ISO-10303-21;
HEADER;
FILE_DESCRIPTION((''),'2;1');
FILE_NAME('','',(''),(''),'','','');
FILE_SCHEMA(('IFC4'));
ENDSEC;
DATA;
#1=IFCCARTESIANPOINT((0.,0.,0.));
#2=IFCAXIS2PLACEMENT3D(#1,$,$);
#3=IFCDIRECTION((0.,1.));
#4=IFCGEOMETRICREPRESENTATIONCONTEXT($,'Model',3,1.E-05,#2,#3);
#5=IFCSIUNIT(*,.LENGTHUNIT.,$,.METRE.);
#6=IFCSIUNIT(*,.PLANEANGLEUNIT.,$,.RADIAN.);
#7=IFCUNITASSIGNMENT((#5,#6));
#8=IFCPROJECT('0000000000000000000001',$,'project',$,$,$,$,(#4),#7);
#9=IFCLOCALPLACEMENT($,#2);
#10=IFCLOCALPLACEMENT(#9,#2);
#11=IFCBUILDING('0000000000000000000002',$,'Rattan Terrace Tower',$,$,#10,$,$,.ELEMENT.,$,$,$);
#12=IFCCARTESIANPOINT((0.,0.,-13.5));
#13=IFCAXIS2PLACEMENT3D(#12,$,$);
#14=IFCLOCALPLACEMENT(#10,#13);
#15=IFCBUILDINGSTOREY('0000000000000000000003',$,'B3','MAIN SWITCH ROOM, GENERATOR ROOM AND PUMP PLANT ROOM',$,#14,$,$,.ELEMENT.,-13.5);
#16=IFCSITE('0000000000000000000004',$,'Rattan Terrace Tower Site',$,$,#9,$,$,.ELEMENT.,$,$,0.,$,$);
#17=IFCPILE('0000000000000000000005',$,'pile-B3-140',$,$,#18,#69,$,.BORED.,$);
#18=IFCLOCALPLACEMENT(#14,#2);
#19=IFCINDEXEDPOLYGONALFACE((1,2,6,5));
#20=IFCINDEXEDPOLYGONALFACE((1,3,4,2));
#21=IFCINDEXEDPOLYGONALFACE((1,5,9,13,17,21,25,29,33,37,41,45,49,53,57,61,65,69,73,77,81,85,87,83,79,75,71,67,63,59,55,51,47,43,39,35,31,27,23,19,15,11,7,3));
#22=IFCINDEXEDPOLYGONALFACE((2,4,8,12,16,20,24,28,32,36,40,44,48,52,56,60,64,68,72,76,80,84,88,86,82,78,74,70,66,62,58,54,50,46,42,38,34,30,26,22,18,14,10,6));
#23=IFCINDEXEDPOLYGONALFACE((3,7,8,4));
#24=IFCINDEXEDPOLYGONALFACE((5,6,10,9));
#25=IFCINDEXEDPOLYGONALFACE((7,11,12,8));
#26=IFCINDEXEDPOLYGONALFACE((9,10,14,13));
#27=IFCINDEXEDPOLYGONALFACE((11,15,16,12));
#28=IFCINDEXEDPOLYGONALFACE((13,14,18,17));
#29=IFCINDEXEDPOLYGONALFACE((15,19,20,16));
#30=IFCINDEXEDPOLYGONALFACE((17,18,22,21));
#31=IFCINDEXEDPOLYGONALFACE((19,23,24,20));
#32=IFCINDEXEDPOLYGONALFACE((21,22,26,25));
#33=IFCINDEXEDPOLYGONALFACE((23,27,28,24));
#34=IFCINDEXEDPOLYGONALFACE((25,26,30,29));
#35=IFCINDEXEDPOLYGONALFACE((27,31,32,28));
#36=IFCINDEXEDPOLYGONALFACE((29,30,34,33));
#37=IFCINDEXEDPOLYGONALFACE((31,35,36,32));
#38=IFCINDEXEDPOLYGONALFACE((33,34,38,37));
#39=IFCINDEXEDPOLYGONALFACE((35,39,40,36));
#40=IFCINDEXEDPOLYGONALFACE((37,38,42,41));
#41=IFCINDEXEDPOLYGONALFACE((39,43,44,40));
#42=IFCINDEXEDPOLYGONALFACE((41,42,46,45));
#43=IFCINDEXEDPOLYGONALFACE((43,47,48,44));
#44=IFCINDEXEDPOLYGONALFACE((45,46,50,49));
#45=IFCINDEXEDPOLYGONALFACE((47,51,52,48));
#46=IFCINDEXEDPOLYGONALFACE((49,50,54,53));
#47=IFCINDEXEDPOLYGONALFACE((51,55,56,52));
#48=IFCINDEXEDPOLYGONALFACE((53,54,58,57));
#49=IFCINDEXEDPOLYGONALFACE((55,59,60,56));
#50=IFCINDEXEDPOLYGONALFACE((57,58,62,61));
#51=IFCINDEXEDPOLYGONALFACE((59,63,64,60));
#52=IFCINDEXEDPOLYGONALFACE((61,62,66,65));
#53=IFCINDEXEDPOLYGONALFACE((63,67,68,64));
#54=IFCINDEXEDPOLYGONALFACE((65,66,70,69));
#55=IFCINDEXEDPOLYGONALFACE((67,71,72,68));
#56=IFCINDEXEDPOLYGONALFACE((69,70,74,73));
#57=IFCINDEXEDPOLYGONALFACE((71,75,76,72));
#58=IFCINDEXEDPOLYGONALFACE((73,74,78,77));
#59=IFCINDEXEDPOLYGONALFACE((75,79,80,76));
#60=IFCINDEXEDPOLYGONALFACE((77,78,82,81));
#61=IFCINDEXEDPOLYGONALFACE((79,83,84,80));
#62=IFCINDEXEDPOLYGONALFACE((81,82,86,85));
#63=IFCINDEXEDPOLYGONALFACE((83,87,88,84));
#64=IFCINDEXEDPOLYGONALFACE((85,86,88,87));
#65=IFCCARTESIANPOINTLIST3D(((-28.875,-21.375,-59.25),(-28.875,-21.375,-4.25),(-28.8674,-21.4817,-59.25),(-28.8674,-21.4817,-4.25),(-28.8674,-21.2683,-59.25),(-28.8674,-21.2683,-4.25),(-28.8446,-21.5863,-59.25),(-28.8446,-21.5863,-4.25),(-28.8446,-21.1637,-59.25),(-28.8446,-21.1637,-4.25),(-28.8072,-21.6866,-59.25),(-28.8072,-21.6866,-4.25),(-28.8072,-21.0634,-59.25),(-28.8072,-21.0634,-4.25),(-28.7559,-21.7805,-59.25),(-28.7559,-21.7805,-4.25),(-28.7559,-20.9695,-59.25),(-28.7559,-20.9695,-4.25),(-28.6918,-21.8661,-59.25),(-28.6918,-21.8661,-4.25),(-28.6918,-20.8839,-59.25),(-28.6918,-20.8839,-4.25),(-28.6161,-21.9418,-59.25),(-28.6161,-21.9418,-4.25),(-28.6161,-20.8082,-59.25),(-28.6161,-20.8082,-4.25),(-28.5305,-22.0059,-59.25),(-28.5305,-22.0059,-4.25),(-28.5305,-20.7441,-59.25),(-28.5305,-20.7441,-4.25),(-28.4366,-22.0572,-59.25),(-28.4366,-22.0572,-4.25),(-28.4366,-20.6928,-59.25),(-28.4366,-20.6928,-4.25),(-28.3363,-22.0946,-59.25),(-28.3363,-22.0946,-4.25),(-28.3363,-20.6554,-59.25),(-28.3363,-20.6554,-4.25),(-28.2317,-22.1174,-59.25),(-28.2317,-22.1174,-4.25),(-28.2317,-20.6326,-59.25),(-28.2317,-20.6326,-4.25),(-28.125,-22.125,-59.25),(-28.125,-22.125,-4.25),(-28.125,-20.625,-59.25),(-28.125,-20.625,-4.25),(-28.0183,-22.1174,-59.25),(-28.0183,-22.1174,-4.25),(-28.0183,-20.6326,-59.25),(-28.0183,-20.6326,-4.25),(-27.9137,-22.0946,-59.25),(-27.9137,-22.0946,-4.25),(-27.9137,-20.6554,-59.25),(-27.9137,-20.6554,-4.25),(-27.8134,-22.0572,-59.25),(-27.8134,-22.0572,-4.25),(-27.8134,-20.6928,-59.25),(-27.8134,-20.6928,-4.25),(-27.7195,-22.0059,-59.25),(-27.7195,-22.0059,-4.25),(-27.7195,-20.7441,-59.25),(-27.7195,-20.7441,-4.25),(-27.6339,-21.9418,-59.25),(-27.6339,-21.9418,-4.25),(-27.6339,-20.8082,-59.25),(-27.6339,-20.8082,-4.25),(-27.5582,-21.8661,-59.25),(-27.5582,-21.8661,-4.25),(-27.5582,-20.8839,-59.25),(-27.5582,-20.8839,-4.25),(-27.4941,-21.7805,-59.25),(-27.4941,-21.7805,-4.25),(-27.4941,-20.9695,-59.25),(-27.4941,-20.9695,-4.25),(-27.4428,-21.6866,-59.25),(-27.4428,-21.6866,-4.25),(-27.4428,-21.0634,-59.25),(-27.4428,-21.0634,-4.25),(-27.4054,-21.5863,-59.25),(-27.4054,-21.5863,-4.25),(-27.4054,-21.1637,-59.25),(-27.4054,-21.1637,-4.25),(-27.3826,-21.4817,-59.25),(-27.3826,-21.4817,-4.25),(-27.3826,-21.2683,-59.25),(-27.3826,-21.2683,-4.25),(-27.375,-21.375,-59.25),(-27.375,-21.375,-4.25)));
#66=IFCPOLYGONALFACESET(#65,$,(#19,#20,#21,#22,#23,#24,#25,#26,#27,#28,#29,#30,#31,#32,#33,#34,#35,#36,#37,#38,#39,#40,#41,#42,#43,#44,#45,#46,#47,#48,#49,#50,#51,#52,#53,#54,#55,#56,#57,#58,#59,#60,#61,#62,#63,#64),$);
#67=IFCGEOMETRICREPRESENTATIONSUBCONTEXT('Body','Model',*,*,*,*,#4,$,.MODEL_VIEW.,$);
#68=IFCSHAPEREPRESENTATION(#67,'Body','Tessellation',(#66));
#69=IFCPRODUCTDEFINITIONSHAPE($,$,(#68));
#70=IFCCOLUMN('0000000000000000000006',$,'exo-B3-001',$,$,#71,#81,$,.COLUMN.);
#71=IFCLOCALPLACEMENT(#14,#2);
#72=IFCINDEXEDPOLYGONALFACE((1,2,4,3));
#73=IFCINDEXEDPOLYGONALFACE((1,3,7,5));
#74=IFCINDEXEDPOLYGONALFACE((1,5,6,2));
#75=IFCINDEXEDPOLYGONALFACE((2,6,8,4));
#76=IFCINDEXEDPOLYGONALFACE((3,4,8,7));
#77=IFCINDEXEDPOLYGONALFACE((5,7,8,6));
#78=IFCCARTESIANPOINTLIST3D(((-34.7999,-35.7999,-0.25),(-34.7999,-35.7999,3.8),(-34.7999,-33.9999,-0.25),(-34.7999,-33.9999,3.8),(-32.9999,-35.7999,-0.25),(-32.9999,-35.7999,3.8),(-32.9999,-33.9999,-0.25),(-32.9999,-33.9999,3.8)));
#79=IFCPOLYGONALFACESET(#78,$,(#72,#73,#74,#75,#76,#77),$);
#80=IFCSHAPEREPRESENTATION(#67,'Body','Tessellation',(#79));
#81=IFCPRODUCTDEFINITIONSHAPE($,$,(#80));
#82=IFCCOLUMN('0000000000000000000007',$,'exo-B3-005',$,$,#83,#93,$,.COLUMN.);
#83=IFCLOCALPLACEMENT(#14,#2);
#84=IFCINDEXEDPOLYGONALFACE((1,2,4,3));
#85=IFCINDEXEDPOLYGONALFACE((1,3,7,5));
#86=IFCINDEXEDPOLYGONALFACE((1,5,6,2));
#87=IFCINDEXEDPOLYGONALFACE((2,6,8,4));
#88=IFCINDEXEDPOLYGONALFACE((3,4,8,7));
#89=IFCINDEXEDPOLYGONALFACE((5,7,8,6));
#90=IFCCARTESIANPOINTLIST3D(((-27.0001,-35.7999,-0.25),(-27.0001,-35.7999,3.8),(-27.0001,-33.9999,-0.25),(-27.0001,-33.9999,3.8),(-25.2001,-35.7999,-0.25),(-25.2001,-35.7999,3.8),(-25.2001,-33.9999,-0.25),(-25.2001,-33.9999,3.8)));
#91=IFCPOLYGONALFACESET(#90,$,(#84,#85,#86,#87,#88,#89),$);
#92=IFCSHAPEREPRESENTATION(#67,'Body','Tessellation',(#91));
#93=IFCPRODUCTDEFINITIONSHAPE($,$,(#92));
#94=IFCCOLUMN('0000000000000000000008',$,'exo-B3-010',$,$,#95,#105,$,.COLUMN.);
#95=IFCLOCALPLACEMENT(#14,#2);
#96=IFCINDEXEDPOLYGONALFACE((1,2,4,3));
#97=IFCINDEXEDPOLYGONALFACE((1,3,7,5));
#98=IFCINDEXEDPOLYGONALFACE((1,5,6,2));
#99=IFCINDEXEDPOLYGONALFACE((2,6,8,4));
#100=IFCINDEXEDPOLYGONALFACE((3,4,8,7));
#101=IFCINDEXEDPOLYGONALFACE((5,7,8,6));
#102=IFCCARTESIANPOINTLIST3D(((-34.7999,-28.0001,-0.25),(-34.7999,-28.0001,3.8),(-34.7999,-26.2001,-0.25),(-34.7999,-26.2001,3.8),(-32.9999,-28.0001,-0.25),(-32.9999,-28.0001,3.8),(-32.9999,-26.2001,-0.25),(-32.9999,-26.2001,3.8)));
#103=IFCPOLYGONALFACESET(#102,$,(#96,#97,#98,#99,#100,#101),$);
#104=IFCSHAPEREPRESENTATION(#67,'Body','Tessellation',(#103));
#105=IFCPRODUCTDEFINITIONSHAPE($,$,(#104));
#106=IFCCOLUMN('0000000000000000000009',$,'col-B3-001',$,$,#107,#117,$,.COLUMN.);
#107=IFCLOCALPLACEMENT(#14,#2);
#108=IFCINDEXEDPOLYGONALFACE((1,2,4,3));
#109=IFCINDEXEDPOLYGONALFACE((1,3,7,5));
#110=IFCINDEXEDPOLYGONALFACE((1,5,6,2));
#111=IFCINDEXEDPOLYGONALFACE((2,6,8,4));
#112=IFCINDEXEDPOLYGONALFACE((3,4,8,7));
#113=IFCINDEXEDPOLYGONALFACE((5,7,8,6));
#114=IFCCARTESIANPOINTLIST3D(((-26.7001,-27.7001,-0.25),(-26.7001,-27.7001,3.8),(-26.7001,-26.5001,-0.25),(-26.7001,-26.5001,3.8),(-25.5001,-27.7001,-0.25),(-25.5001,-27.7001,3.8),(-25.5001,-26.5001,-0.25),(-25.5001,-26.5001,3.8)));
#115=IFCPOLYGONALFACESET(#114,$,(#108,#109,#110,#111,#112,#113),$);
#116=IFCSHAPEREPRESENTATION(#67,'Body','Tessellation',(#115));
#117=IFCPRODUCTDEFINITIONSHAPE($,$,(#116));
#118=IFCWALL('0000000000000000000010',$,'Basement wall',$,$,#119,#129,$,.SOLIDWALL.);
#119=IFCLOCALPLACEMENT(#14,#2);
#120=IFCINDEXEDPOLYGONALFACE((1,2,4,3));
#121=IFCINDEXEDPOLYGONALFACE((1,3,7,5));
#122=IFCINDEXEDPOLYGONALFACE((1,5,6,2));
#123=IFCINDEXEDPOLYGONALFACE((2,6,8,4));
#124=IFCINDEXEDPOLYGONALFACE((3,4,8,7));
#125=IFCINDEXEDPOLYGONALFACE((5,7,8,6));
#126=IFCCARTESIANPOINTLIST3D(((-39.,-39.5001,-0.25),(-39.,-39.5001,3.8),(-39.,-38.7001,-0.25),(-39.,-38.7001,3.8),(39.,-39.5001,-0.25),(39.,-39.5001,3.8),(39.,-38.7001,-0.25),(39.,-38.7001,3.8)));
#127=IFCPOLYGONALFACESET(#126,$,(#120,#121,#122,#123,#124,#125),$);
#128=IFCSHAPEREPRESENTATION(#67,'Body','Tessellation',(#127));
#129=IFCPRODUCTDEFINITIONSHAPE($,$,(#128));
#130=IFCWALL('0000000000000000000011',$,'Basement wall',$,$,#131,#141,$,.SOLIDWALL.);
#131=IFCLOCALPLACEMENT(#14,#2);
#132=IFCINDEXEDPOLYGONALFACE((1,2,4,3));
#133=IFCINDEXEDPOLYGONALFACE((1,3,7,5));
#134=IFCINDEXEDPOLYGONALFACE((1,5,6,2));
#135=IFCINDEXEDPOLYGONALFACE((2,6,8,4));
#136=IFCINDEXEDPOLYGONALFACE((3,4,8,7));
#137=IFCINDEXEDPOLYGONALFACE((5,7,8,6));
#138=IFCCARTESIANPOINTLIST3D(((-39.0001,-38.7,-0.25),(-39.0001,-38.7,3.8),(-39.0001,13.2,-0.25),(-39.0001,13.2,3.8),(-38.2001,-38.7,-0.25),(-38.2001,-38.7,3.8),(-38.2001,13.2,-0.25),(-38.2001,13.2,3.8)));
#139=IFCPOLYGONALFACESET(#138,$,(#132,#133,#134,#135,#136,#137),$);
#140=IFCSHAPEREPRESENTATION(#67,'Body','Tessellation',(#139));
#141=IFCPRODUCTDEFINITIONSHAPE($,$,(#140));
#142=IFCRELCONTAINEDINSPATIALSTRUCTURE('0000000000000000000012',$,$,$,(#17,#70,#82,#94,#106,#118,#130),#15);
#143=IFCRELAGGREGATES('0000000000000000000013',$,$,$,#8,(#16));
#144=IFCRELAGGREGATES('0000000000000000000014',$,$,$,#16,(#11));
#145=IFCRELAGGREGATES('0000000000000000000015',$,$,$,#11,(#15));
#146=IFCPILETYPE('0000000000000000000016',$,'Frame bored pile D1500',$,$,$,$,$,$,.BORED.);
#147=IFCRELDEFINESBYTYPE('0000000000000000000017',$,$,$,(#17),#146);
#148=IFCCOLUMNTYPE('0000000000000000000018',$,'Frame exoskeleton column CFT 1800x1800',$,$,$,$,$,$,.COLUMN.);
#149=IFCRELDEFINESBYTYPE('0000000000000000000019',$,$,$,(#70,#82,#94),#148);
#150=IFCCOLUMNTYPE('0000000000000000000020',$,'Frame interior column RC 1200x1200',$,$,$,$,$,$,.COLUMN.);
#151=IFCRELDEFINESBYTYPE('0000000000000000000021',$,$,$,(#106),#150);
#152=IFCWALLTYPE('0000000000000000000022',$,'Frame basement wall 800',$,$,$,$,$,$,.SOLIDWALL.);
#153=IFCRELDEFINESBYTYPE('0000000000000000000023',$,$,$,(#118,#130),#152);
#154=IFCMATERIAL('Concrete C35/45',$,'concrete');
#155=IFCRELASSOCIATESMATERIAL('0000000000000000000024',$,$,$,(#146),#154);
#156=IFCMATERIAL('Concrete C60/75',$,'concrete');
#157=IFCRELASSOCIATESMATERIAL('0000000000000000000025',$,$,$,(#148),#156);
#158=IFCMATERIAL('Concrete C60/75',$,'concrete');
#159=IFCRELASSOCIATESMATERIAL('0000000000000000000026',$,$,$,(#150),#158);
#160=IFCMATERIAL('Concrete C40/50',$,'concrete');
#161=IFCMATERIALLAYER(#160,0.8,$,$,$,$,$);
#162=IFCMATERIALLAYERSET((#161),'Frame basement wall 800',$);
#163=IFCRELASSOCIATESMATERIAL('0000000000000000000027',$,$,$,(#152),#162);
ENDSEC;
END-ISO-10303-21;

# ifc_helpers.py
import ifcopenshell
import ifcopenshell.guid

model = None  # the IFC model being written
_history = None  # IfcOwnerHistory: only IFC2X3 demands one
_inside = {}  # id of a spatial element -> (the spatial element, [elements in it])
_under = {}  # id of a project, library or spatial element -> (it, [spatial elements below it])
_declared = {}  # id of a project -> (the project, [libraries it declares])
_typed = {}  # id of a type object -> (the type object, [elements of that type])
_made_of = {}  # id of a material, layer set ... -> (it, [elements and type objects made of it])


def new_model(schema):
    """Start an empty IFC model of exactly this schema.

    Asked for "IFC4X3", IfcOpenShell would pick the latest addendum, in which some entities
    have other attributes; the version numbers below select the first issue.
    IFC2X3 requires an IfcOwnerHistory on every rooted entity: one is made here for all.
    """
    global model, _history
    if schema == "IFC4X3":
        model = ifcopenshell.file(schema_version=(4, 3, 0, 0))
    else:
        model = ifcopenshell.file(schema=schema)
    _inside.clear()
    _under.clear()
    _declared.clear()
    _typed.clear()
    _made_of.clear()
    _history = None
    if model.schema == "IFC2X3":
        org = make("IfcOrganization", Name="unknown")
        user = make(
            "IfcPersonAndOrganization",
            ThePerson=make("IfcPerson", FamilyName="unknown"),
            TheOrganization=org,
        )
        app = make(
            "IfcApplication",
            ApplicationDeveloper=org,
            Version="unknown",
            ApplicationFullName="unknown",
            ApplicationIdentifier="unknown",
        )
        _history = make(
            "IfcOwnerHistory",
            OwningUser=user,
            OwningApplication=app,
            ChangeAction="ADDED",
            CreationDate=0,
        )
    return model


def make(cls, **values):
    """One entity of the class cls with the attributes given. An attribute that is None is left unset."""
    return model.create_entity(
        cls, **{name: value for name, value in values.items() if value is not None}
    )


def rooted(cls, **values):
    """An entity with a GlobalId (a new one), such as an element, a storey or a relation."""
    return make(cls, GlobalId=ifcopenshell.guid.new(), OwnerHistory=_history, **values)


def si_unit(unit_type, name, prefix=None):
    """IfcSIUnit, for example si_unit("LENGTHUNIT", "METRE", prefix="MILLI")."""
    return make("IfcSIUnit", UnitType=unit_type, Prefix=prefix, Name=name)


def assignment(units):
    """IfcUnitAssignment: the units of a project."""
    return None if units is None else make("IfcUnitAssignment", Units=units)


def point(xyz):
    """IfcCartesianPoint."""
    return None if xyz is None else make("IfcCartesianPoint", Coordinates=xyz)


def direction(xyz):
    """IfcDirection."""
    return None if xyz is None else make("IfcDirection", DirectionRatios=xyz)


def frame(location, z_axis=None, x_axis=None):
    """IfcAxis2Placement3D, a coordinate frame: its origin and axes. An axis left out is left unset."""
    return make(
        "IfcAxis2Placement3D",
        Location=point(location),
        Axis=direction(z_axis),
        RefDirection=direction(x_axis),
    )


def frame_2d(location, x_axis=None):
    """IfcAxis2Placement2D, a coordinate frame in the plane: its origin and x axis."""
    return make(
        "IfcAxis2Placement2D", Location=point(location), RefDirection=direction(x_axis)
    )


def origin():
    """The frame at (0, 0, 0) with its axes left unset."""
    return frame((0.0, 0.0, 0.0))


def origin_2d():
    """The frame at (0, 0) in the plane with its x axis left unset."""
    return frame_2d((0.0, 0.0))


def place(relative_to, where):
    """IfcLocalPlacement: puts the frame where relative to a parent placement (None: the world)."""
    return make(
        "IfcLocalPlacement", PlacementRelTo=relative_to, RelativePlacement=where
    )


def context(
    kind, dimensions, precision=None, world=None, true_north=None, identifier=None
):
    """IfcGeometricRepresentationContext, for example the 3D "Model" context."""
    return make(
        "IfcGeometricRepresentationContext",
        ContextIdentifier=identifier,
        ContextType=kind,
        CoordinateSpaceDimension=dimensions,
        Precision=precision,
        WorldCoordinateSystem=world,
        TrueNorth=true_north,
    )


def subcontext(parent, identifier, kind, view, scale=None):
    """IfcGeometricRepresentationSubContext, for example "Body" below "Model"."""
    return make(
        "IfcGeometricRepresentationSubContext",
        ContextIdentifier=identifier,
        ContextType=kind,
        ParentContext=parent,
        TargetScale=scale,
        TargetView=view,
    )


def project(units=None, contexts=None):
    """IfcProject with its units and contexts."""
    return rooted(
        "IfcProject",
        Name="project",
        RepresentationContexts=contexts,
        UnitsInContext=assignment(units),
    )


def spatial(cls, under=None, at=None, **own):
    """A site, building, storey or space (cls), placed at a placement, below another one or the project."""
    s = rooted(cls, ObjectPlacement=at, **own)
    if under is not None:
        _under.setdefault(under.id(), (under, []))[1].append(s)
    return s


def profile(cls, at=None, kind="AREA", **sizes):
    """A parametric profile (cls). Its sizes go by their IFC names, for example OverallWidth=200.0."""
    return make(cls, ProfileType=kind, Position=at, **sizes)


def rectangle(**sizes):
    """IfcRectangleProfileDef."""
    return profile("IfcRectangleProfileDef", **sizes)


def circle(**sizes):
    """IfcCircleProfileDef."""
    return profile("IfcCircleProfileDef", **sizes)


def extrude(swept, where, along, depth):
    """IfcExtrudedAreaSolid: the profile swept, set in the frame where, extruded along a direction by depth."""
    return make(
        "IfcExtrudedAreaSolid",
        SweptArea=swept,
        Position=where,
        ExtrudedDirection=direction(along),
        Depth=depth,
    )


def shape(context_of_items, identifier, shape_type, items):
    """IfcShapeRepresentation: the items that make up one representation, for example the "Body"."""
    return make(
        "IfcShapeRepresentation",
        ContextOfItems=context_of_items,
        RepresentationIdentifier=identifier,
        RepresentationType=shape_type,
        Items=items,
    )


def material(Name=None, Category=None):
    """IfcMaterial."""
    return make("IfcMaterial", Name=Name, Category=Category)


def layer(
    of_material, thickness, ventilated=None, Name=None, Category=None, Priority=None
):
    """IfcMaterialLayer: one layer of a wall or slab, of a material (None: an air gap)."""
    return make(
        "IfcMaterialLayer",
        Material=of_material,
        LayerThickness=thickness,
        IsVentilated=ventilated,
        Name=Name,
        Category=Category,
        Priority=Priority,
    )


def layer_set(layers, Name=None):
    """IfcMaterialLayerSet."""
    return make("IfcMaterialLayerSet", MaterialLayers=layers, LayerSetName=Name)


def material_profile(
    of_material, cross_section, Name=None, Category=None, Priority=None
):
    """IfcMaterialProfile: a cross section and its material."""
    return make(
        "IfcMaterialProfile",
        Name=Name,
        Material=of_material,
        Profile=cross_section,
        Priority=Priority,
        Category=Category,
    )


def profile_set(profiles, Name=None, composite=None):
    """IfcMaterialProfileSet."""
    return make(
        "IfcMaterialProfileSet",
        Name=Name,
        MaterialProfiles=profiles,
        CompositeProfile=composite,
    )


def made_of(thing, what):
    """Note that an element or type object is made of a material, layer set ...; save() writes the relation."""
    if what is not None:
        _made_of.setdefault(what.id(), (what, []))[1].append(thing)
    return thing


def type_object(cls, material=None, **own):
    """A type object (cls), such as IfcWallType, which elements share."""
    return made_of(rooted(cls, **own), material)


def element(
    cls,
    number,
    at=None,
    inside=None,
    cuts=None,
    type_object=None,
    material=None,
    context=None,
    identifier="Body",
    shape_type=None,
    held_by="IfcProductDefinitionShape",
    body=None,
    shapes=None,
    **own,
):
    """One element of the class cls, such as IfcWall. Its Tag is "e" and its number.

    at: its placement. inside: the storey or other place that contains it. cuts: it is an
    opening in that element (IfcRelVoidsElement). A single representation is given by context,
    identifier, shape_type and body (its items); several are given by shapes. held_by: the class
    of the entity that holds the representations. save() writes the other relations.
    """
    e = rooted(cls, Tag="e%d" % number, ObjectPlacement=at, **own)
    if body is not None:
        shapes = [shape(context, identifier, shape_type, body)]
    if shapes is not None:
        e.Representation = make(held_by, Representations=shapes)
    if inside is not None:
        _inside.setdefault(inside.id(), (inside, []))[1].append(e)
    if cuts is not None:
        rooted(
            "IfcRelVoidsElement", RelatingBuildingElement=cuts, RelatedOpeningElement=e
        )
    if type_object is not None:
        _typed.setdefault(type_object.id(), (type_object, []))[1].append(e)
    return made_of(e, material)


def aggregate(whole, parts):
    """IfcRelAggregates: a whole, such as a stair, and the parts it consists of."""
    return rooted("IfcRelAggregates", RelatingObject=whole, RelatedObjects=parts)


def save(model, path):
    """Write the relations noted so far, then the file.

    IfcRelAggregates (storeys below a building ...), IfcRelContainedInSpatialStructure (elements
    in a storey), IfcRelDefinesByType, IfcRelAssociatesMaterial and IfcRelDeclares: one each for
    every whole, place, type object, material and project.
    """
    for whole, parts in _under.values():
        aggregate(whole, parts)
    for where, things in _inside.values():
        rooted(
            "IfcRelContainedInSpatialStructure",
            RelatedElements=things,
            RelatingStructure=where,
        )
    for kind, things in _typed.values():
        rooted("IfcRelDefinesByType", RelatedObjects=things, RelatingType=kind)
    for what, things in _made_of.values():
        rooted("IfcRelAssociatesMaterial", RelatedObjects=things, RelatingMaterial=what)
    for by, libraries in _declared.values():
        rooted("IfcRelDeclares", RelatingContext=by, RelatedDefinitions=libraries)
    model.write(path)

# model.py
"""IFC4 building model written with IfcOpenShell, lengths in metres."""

from ifc_helpers import new_model, si_unit, direction, frame, frame_2d, origin, origin_2d, place, context, subcontext, project, spatial, rectangle, circle, extrude, material, layer, layer_set, material_profile, profile_set, type_object, element, save


model = new_model("IFC4")

# Units and contexts
model_context = context("Model", 3, precision=1e-05, world=origin(), true_north=direction((0.0, 1.0)))
body_context = subcontext(model_context, "Body", "Model", "MODEL_VIEW")
ifc_project = project(units=[si_unit("LENGTHUNIT", "METRE"), si_unit("PLANEANGLEUNIT", "RADIAN")], contexts=[model_context])

# Site, building, storey
site_placement = place(None, origin())
site = spatial("IfcSite", under=ifc_project, at=site_placement, Name="Rattan Terrace Tower Site", CompositionType="ELEMENT", RefElevation=0.0)
building_placement = place(site_placement, origin())
building = spatial("IfcBuilding", under=site, at=building_placement, Name="Rattan Terrace Tower", CompositionType="ELEMENT")
storey_placement = place(building_placement, frame((0.0, 0.0, -13.5)))
storey = spatial("IfcBuildingStorey", under=building, at=storey_placement, Name="B3", Description="MAIN SWITCH ROOM, GENERATOR ROOM AND PUMP PLANT ROOM", CompositionType="ELEMENT", Elevation=-13.5)

# Pile
ifc_material_1 = material(Name="Concrete C35/45", Category="concrete")
ifc_material_profile_1 = material_profile(ifc_material_1, circle(Radius=0.75, at=origin_2d()), Name="PILE D1500")
ifc_profile_set_1 = profile_set([ifc_material_profile_1], Name="Concrete C35/45")
pile_type = type_object("IfcPileType", Name="Frame bored pile D1500", PredefinedType="BORED", material=ifc_profile_set_1)
for number, where, z_axis, x_axis, name in (
    (1, (-28.125, -21.375, -4.25), (0.0, 0.0, -1.0), (1.0, 0.0, 0.0), "pile-B3-140"),
):
    element("IfcPile", number, at=place(storey_placement, frame(where, z_axis=z_axis, x_axis=x_axis)), inside=storey, type_object=pile_type, Name=name, PredefinedType="BORED", context=body_context, shape_type="SweptSolid", body=[
        extrude(circle(Radius=0.75, at=origin_2d()), origin(), (0.0, 0.0, 1.0), 55.0),
    ])

# Columns
ifc_material_2 = material(Name="Concrete C60/75", Category="concrete")
ifc_material_profile_2 = material_profile(ifc_material_2, rectangle(XDim=1.8, YDim=1.8, at=origin_2d()), Name="CFT 1800x1800")
ifc_profile_set_2 = profile_set([ifc_material_profile_2], Name="Concrete C60/75")
column_type_1 = type_object("IfcColumnType", Name="Frame exoskeleton column CFT 1800x1800", PredefinedType="COLUMN", material=ifc_profile_set_2)
for number, where, z_axis, x_axis, name in (
    (2, (-33.8999, -34.8999, -0.25), (0.0, 0.0, 1.0), (1.0, 0.0, 0.0), "exo-B3-001"),
    (3, (-26.1001, -34.8999, -0.25), (0.0, 0.0, 1.0), (1.0, 0.0, 0.0), "exo-B3-005"),
    (4, (-33.8999, -27.1001, -0.25), (0.0, 0.0, 1.0), (0.0, 1.0, 0.0), "exo-B3-010"),
):
    element("IfcColumn", number, at=place(storey_placement, frame(where, z_axis=z_axis, x_axis=x_axis)), inside=storey, type_object=column_type_1, Name=name, PredefinedType="COLUMN", context=body_context, shape_type="SweptSolid", body=[
        extrude(rectangle(XDim=1.8, YDim=1.8, at=origin_2d()), origin(), (0.0, 0.0, 1.0), 4.05),
    ])
ifc_material_3 = material(Name="Concrete C60/75", Category="concrete")
ifc_material_profile_3 = material_profile(ifc_material_3, rectangle(XDim=1.2, YDim=1.2, at=origin_2d()), Name="RC 1200x1200")
ifc_profile_set_3 = profile_set([ifc_material_profile_3], Name="Concrete C60/75")
column_type_2 = type_object("IfcColumnType", Name="Frame interior column RC 1200x1200", PredefinedType="COLUMN", material=ifc_profile_set_3)
column_placement = place(storey_placement, frame((-26.1001, -27.1001, -0.25), z_axis=(0.0, 0.0, 1.0), x_axis=(1.0, 0.0, 0.0)))
element("IfcColumn", 5, at=column_placement, inside=storey, type_object=column_type_2, Name="col-B3-001", PredefinedType="COLUMN", context=body_context, shape_type="SweptSolid", body=[
    extrude(rectangle(XDim=1.2, YDim=1.2, at=origin_2d()), origin(), (0.0, 0.0, 1.0), 4.05),
])

# Walls
ifc_material_4 = material(Name="Concrete C40/50", Category="concrete")
ifc_layer = layer(ifc_material_4, 0.8)
ifc_layer_set = layer_set([ifc_layer], Name="Frame basement wall 800")
wall_type = type_object("IfcWallType", Name="Frame basement wall 800", PredefinedType="SOLIDWALL", material=ifc_layer_set)
wall_1_placement = place(storey_placement, frame((-39.0, -39.1001, -0.25), z_axis=(0.0, 0.0, 1.0), x_axis=(1.0, 0.0, 0.0)))
element("IfcWall", 6, at=wall_1_placement, inside=storey, type_object=wall_type, Name="Basement wall", PredefinedType="SOLIDWALL", context=body_context, shape_type="SweptSolid", body=[
    extrude(rectangle(XDim=78.0, YDim=0.8, at=frame_2d((39.0, 0.0))), origin(), (0.0, 0.0, 1.0), 4.05),
])
wall_2_placement = place(storey_placement, frame((-38.6001, -38.7, -0.25), z_axis=(0.0, 0.0, 1.0), x_axis=(0.0, 1.0, 0.0)))
element("IfcWall", 7, at=wall_2_placement, inside=storey, type_object=wall_type, Name="Basement wall", PredefinedType="SOLIDWALL", context=body_context, shape_type="SweptSolid", body=[
    extrude(rectangle(XDim=51.8999, YDim=0.8, at=frame_2d((25.95, 0.0))), origin(), (0.0, 0.0, 1.0), 4.05),
])

save(model, "model.ifc")
